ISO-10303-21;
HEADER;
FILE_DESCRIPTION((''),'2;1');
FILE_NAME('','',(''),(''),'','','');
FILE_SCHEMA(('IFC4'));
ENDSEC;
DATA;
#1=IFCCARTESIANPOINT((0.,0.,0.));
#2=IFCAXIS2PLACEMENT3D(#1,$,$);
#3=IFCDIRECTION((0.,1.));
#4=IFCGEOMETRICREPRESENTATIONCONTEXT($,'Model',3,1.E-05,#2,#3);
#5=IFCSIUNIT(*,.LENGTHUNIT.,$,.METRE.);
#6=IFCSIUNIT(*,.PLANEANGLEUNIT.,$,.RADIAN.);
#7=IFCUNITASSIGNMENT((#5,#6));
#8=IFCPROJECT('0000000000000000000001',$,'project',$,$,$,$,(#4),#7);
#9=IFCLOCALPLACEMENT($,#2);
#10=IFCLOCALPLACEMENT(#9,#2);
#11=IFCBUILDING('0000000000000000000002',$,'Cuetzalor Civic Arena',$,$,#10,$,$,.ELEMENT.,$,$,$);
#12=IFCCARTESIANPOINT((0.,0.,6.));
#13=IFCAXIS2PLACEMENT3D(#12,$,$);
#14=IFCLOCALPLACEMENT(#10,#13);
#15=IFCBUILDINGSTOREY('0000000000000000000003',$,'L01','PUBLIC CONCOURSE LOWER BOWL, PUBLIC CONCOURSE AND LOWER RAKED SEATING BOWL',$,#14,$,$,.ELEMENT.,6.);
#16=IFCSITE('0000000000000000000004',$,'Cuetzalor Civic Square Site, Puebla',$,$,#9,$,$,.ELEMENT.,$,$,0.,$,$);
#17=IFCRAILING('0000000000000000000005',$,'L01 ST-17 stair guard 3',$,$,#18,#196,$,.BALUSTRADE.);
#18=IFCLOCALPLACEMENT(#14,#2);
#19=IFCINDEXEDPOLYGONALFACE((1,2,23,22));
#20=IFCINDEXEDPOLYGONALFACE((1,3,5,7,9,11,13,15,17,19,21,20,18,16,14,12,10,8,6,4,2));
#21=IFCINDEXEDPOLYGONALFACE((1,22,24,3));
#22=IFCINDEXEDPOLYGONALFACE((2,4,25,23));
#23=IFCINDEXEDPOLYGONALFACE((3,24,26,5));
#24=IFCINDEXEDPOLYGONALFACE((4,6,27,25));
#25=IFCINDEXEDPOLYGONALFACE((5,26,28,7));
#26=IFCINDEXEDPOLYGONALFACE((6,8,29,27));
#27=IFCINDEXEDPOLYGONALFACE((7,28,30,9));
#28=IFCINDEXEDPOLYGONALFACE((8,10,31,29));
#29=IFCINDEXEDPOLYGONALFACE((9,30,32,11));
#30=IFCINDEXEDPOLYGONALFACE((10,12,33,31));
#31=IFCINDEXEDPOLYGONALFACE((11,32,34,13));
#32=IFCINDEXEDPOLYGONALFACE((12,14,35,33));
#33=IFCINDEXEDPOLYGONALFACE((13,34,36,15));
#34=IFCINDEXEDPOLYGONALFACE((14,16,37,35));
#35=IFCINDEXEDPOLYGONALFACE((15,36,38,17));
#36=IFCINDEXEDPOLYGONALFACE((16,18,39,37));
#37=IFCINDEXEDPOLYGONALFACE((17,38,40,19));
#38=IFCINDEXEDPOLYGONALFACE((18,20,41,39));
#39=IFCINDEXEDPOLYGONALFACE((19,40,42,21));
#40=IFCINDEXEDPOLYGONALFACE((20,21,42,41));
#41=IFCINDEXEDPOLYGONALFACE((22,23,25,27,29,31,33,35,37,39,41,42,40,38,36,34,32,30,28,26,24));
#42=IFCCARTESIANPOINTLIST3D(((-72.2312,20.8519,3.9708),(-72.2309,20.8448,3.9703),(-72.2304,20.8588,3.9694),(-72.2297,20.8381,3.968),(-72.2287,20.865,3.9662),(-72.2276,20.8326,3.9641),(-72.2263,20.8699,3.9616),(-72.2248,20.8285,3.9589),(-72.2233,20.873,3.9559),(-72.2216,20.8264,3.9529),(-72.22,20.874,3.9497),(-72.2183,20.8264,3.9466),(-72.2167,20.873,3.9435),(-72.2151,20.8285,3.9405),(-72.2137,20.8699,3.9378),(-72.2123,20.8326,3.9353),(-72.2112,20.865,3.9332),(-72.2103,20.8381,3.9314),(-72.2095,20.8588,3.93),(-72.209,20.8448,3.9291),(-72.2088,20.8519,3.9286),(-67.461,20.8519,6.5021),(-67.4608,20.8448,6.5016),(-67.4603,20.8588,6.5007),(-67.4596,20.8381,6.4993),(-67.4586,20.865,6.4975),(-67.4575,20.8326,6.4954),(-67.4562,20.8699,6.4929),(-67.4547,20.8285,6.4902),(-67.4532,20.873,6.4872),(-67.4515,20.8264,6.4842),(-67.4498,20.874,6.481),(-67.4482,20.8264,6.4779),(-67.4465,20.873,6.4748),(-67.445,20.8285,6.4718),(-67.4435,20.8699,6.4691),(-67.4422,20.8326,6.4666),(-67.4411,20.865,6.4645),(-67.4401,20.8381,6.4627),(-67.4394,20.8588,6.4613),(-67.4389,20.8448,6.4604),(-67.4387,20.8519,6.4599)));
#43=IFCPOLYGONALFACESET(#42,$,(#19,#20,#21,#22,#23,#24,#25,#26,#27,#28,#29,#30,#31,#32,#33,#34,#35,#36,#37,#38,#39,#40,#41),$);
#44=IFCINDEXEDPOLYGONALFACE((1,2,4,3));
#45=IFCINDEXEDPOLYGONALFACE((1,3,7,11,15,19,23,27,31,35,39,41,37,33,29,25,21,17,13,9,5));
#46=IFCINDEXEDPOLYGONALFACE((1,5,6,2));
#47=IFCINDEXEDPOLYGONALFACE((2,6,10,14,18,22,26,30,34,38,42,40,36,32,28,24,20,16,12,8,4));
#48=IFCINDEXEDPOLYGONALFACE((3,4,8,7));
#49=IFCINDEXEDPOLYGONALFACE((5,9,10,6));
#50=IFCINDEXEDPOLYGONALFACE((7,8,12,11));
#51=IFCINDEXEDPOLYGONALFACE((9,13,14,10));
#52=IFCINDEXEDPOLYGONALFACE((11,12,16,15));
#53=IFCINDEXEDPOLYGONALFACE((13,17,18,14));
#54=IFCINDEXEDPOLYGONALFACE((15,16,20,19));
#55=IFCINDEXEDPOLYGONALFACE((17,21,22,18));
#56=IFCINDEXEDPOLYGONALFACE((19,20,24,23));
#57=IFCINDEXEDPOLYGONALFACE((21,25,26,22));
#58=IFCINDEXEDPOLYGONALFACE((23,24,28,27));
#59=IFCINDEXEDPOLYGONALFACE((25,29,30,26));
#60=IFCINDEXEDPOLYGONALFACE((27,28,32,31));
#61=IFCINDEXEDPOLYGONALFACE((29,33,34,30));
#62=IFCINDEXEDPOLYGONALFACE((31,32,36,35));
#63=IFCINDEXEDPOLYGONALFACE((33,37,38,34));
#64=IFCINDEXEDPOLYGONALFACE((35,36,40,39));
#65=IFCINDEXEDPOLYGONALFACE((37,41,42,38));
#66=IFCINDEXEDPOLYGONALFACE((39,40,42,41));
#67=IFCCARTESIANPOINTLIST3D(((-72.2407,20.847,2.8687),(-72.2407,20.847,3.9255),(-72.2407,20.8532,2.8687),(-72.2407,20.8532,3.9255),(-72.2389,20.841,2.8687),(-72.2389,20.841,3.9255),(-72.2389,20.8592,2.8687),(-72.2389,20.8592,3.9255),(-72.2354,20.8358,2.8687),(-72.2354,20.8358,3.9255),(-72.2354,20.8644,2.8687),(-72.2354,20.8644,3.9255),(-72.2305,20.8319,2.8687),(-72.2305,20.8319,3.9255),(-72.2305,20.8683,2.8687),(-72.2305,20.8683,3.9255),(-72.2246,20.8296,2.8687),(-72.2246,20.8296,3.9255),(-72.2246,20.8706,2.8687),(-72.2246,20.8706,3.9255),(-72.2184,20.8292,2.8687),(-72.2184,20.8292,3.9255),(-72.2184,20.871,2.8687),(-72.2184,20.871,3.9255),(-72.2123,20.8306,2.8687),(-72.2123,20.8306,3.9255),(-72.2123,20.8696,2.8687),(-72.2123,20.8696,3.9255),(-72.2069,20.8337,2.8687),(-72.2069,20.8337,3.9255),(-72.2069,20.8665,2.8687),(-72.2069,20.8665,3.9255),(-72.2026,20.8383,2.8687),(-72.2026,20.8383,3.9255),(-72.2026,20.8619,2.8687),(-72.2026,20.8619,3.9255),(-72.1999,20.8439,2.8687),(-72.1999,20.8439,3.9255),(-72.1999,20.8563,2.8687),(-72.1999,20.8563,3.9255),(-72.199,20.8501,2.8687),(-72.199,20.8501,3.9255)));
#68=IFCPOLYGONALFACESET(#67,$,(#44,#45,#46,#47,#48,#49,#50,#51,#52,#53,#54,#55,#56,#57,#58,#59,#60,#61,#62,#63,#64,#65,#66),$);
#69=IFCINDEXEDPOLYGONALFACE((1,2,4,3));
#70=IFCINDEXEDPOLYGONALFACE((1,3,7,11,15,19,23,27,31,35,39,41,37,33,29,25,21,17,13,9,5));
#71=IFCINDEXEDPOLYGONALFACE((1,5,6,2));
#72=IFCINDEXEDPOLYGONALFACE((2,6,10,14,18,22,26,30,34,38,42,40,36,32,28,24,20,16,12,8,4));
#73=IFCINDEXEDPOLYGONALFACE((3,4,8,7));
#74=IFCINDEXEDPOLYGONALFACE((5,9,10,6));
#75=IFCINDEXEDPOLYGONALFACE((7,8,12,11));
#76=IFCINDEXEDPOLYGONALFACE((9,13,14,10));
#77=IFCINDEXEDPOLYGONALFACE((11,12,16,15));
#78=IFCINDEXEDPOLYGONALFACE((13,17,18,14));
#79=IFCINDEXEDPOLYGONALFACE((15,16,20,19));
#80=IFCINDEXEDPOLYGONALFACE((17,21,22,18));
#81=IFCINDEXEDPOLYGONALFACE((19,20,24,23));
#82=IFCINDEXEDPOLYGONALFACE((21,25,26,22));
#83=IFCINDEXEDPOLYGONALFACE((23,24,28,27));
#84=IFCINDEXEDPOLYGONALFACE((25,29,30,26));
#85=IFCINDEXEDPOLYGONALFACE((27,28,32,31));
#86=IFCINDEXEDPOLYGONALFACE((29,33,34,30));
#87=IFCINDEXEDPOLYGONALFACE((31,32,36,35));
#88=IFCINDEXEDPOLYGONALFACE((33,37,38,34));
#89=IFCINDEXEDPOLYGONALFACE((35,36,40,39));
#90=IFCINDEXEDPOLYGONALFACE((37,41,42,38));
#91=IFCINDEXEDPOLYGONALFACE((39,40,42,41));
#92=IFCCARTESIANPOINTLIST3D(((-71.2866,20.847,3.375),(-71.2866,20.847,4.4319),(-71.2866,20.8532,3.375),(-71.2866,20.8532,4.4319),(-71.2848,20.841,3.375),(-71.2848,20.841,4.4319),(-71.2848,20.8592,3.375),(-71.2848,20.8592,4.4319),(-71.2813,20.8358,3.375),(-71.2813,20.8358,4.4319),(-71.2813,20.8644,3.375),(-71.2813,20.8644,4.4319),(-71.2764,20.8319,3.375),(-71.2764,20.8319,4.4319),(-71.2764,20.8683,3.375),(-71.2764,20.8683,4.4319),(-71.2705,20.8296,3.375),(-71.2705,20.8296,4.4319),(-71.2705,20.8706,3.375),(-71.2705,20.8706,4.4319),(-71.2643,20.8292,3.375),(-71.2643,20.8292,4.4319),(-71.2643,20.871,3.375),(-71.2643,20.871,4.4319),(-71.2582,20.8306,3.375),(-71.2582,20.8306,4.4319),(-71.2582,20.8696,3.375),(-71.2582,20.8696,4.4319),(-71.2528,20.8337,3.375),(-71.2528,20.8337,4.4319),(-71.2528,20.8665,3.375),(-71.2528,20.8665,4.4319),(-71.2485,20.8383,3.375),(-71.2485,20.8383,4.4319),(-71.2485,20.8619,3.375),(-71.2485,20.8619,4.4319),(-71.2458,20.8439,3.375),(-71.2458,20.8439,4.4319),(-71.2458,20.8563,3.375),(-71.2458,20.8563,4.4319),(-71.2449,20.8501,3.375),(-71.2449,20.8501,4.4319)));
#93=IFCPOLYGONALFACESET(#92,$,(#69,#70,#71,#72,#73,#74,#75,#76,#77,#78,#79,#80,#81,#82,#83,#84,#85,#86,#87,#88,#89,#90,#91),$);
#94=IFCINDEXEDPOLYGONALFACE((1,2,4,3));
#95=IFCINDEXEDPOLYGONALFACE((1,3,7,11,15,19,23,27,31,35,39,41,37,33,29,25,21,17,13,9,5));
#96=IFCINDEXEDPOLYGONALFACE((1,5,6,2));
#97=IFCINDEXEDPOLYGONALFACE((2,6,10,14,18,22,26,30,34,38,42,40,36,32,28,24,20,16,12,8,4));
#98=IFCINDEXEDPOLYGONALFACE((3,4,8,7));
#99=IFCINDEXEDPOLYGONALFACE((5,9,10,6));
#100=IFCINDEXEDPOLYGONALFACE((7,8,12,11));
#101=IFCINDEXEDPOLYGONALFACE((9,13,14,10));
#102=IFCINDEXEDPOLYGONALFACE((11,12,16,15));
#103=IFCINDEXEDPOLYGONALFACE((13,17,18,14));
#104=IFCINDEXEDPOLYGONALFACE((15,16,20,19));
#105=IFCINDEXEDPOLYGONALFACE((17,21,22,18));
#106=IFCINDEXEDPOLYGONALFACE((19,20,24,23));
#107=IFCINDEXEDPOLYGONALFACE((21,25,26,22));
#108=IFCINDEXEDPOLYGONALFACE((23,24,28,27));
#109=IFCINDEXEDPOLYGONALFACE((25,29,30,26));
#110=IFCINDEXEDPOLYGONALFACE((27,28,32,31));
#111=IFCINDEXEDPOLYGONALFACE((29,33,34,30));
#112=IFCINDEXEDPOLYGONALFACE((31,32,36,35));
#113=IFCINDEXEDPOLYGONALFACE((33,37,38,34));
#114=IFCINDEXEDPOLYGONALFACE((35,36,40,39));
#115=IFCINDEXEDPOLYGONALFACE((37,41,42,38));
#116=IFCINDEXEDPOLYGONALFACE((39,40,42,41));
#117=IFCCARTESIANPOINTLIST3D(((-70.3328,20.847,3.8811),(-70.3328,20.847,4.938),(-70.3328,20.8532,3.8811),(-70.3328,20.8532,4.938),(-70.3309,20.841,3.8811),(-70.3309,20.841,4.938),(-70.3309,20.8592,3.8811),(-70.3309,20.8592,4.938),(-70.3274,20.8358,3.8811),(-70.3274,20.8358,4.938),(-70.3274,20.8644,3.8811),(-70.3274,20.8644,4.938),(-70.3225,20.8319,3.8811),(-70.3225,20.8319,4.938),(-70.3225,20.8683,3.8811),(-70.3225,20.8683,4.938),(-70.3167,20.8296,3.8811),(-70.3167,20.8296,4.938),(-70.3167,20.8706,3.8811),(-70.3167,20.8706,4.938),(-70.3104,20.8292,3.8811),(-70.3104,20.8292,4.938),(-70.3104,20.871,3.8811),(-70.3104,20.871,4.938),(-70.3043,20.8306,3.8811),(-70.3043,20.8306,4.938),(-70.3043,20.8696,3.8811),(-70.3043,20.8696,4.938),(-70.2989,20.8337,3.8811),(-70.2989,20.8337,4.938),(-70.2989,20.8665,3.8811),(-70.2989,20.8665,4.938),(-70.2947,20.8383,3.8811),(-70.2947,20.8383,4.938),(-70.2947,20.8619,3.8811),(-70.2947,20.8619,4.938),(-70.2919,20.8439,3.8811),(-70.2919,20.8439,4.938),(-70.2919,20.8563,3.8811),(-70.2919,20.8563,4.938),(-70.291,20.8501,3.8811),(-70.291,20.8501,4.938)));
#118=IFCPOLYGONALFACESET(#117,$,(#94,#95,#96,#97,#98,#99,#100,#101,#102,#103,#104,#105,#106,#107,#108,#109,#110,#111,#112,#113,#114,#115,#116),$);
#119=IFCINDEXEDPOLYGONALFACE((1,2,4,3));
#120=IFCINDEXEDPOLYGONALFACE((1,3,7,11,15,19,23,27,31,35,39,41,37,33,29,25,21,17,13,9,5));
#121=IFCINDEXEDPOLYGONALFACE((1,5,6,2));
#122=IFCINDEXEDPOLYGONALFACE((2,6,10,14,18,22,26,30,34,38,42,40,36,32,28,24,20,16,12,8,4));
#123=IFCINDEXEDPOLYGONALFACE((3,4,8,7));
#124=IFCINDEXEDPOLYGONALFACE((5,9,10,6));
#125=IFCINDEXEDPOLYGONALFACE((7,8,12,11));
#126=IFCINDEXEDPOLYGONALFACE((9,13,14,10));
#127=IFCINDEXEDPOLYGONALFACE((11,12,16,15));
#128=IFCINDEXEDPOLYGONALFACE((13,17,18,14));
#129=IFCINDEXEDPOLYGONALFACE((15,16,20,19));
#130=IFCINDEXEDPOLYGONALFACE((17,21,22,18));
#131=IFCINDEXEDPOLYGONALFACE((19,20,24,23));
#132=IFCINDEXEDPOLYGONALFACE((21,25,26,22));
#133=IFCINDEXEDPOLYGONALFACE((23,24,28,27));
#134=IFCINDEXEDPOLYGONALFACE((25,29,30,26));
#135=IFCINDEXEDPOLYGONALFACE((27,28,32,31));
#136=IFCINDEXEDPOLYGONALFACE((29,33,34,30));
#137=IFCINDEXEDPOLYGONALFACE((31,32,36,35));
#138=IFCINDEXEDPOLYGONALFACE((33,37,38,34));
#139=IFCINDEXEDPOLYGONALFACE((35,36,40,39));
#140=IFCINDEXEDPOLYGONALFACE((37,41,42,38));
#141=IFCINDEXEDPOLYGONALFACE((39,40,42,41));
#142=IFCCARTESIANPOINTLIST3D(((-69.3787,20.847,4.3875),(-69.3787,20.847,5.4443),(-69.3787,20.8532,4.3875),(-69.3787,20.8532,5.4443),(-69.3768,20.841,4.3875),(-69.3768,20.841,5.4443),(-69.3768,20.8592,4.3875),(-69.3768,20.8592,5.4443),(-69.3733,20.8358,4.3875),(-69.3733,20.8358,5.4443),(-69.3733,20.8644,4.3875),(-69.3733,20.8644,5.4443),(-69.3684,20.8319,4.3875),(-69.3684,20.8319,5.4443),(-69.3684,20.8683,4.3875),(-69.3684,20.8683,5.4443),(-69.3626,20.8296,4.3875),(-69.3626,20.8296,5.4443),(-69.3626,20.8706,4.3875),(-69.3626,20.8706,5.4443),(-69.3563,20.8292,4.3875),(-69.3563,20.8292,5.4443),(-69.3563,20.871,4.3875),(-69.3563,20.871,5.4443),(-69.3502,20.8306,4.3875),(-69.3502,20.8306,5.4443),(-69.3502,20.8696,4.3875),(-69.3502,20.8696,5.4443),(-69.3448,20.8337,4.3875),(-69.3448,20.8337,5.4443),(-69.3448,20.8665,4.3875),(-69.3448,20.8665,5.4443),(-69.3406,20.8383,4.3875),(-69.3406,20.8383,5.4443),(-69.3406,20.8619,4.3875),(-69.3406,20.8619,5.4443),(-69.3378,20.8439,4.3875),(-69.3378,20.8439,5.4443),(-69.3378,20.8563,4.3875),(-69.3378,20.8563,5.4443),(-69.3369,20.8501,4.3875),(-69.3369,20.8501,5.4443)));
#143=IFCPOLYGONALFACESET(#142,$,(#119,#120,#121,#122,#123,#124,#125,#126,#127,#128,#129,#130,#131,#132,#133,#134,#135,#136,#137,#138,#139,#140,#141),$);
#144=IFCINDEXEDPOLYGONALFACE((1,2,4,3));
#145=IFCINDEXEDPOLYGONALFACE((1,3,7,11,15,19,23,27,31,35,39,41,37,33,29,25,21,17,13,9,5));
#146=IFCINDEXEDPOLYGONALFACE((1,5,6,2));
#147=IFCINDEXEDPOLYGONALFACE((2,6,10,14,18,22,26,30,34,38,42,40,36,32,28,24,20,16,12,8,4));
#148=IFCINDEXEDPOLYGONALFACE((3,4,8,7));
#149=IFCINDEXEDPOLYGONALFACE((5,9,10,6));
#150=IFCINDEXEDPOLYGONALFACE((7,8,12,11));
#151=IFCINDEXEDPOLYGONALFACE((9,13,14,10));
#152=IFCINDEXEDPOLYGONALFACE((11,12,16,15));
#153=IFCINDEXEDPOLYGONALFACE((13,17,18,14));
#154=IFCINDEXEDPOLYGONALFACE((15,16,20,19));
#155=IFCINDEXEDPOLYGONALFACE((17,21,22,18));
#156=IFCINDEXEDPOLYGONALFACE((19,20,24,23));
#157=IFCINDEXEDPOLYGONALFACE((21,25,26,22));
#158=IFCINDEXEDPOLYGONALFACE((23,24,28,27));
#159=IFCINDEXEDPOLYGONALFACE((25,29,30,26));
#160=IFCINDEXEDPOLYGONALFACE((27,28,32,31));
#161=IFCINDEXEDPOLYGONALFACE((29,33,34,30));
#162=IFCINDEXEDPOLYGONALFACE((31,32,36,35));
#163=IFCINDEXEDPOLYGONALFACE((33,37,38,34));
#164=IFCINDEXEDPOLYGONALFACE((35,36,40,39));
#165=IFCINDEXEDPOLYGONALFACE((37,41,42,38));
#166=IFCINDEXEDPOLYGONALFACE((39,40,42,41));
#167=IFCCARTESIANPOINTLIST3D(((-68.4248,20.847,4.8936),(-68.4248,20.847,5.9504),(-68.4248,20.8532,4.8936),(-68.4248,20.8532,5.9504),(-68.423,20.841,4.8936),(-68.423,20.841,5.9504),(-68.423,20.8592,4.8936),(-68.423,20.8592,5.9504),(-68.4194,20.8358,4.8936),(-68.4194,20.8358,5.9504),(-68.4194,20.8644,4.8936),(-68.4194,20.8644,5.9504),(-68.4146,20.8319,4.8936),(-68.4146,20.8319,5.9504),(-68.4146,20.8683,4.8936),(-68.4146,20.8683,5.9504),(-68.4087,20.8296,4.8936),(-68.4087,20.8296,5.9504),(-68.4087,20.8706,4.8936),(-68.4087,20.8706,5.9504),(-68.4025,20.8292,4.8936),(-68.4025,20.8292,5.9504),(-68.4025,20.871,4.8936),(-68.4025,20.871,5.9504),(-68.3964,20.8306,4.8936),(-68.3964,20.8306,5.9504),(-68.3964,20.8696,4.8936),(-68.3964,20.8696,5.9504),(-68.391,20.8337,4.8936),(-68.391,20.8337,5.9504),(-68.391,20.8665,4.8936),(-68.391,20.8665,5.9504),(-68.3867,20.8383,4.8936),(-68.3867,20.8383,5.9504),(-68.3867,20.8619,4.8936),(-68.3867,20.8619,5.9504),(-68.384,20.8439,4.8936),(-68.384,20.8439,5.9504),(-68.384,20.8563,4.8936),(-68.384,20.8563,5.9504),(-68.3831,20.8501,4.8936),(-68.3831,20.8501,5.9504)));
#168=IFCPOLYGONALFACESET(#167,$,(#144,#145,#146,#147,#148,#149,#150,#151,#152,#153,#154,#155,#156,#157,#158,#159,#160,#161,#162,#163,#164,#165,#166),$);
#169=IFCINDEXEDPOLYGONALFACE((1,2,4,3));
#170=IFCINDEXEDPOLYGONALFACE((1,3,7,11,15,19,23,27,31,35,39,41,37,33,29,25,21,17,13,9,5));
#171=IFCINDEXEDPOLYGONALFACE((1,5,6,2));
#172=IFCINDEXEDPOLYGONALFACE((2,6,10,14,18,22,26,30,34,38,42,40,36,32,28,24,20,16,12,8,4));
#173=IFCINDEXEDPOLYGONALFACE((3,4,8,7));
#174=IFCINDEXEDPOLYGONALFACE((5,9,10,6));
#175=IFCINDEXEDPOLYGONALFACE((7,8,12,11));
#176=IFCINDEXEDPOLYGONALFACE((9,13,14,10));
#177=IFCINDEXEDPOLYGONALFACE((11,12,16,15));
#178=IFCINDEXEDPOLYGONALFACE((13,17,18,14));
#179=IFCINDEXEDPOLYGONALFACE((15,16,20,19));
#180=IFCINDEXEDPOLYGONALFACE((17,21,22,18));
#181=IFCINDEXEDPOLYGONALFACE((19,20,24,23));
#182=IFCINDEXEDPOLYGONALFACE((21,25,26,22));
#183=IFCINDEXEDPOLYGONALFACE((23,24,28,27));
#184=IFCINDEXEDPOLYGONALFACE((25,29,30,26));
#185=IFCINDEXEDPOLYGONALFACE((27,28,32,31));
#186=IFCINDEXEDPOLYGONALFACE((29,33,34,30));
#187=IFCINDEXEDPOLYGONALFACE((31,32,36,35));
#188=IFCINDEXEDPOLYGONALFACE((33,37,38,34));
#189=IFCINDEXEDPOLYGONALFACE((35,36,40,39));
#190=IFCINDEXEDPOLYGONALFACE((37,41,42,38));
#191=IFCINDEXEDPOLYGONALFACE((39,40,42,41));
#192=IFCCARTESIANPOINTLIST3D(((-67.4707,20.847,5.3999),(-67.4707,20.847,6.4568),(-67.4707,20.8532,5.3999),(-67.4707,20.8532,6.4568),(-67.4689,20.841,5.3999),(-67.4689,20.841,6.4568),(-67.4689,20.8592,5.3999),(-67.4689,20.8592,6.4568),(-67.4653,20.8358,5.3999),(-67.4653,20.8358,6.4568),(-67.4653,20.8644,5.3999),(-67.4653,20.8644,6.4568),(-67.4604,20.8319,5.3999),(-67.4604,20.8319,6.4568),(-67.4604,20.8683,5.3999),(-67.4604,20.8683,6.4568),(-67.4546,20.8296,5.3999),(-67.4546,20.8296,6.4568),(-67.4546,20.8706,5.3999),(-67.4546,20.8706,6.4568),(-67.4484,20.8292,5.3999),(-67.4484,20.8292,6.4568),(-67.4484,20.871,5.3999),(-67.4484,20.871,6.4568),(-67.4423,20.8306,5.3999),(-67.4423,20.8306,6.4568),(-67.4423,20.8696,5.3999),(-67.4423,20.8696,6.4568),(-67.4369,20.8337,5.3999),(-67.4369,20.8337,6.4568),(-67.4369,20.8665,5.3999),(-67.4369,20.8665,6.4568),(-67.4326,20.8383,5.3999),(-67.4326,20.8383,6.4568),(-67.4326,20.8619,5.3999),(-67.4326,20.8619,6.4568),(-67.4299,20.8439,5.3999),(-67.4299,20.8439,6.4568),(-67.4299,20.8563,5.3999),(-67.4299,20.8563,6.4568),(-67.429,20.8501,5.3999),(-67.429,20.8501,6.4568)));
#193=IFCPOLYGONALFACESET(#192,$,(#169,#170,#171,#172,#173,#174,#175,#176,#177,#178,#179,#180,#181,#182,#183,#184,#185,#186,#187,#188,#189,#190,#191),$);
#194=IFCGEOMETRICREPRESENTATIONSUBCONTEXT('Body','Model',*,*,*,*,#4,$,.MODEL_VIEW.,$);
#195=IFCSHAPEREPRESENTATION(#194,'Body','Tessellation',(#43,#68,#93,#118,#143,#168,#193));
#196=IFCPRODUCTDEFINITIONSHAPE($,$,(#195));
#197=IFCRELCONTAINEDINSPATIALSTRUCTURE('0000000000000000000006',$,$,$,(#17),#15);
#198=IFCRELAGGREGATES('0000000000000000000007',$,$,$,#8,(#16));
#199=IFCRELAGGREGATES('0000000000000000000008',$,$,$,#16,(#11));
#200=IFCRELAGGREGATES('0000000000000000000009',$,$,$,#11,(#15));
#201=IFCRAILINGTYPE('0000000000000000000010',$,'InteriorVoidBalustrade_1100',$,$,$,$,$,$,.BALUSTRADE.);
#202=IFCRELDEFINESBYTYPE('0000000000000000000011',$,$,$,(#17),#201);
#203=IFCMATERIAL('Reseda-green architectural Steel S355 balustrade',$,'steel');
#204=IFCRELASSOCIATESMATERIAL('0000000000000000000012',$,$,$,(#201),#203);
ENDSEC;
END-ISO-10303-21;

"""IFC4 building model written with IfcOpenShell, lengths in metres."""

from ifc_helpers import new_model, si_unit, direction, frame, origin, origin_2d, place, context, subcontext, project, spatial, circle, extrude, material, type_object, element, save


model = new_model("IFC4")

# Units and contexts
model_context = context("Model", 3, precision=1e-05, world=origin(), true_north=direction((0.0, 1.0)))
body_context = subcontext(model_context, "Body", "Model", "MODEL_VIEW")
ifc_project = project(units=[si_unit("LENGTHUNIT", "METRE"), si_unit("PLANEANGLEUNIT", "RADIAN")], contexts=[model_context])

# Site, building, storey
site_placement = place(None, origin())
site = spatial("IfcSite", under=ifc_project, at=site_placement, Name="Cuetzalor Civic Square Site, Puebla", CompositionType="ELEMENT", RefElevation=0.0)
building_placement = place(site_placement, origin())
building = spatial("IfcBuilding", under=site, at=building_placement, Name="Cuetzalor Civic Arena", CompositionType="ELEMENT")
storey_placement = place(building_placement, frame((0.0, 0.0, 6.0)))
storey = spatial("IfcBuildingStorey", under=building, at=storey_placement, Name="L01", Description="PUBLIC CONCOURSE LOWER BOWL, PUBLIC CONCOURSE AND LOWER RAKED SEATING BOWL", CompositionType="ELEMENT", Elevation=6.0)

# Railing
ifc_material_1 = material(Name="Reseda-green architectural Steel S355 balustrade", Category="steel")
railing_type_1 = type_object("IfcRailingType", Name="InteriorVoidBalustrade_1100", PredefinedType="BALUSTRADE", material=ifc_material_1)
railing_1_placement = place(storey_placement, frame((-72.22, 20.8501, 2.8687)))
element("IfcRailing", 1, at=railing_1_placement, inside=storey, type_object=railing_type_1, Name="L01 ST-17 stair guard 3", PredefinedType="BALUSTRADE", context=body_context, shape_type="SweptSolid", body=[
    extrude(circle(Radius=0.0239, at=origin_2d()), frame((0.0, 0.0, 1.0811), z_axis=(0.883332, 0.0, 0.468747), x_axis=(0.0, 1.0, 0.0)), (0.0, 0.0, 1.0), 5.4001),
    extrude(circle(Radius=0.021, at=origin_2d()), origin(), (0.0, 0.0, 1.0), 1.0569),
    extrude(circle(Radius=0.021, at=origin_2d()), frame((0.9541, 0.0, 0.5063)), (0.0, 0.0, 1.0), 1.0569),
    extrude(circle(Radius=0.021, at=origin_2d()), frame((1.908, 0.0, 1.0125)), (0.0, 0.0, 1.0), 1.0569),
    extrude(circle(Radius=0.021, at=origin_2d()), frame((2.8621, 0.0, 1.5188)), (0.0, 0.0, 1.0), 1.0569),
    extrude(circle(Radius=0.021, at=origin_2d()), frame((3.8159, 0.0, 2.0249)), (0.0, 0.0, 1.0), 1.0569),
    extrude(circle(Radius=0.021, at=origin_2d()), frame((4.77, 0.0, 2.5312)), (0.0, 0.0, 1.0), 1.0569),
])

save(model, "model.ifc")
